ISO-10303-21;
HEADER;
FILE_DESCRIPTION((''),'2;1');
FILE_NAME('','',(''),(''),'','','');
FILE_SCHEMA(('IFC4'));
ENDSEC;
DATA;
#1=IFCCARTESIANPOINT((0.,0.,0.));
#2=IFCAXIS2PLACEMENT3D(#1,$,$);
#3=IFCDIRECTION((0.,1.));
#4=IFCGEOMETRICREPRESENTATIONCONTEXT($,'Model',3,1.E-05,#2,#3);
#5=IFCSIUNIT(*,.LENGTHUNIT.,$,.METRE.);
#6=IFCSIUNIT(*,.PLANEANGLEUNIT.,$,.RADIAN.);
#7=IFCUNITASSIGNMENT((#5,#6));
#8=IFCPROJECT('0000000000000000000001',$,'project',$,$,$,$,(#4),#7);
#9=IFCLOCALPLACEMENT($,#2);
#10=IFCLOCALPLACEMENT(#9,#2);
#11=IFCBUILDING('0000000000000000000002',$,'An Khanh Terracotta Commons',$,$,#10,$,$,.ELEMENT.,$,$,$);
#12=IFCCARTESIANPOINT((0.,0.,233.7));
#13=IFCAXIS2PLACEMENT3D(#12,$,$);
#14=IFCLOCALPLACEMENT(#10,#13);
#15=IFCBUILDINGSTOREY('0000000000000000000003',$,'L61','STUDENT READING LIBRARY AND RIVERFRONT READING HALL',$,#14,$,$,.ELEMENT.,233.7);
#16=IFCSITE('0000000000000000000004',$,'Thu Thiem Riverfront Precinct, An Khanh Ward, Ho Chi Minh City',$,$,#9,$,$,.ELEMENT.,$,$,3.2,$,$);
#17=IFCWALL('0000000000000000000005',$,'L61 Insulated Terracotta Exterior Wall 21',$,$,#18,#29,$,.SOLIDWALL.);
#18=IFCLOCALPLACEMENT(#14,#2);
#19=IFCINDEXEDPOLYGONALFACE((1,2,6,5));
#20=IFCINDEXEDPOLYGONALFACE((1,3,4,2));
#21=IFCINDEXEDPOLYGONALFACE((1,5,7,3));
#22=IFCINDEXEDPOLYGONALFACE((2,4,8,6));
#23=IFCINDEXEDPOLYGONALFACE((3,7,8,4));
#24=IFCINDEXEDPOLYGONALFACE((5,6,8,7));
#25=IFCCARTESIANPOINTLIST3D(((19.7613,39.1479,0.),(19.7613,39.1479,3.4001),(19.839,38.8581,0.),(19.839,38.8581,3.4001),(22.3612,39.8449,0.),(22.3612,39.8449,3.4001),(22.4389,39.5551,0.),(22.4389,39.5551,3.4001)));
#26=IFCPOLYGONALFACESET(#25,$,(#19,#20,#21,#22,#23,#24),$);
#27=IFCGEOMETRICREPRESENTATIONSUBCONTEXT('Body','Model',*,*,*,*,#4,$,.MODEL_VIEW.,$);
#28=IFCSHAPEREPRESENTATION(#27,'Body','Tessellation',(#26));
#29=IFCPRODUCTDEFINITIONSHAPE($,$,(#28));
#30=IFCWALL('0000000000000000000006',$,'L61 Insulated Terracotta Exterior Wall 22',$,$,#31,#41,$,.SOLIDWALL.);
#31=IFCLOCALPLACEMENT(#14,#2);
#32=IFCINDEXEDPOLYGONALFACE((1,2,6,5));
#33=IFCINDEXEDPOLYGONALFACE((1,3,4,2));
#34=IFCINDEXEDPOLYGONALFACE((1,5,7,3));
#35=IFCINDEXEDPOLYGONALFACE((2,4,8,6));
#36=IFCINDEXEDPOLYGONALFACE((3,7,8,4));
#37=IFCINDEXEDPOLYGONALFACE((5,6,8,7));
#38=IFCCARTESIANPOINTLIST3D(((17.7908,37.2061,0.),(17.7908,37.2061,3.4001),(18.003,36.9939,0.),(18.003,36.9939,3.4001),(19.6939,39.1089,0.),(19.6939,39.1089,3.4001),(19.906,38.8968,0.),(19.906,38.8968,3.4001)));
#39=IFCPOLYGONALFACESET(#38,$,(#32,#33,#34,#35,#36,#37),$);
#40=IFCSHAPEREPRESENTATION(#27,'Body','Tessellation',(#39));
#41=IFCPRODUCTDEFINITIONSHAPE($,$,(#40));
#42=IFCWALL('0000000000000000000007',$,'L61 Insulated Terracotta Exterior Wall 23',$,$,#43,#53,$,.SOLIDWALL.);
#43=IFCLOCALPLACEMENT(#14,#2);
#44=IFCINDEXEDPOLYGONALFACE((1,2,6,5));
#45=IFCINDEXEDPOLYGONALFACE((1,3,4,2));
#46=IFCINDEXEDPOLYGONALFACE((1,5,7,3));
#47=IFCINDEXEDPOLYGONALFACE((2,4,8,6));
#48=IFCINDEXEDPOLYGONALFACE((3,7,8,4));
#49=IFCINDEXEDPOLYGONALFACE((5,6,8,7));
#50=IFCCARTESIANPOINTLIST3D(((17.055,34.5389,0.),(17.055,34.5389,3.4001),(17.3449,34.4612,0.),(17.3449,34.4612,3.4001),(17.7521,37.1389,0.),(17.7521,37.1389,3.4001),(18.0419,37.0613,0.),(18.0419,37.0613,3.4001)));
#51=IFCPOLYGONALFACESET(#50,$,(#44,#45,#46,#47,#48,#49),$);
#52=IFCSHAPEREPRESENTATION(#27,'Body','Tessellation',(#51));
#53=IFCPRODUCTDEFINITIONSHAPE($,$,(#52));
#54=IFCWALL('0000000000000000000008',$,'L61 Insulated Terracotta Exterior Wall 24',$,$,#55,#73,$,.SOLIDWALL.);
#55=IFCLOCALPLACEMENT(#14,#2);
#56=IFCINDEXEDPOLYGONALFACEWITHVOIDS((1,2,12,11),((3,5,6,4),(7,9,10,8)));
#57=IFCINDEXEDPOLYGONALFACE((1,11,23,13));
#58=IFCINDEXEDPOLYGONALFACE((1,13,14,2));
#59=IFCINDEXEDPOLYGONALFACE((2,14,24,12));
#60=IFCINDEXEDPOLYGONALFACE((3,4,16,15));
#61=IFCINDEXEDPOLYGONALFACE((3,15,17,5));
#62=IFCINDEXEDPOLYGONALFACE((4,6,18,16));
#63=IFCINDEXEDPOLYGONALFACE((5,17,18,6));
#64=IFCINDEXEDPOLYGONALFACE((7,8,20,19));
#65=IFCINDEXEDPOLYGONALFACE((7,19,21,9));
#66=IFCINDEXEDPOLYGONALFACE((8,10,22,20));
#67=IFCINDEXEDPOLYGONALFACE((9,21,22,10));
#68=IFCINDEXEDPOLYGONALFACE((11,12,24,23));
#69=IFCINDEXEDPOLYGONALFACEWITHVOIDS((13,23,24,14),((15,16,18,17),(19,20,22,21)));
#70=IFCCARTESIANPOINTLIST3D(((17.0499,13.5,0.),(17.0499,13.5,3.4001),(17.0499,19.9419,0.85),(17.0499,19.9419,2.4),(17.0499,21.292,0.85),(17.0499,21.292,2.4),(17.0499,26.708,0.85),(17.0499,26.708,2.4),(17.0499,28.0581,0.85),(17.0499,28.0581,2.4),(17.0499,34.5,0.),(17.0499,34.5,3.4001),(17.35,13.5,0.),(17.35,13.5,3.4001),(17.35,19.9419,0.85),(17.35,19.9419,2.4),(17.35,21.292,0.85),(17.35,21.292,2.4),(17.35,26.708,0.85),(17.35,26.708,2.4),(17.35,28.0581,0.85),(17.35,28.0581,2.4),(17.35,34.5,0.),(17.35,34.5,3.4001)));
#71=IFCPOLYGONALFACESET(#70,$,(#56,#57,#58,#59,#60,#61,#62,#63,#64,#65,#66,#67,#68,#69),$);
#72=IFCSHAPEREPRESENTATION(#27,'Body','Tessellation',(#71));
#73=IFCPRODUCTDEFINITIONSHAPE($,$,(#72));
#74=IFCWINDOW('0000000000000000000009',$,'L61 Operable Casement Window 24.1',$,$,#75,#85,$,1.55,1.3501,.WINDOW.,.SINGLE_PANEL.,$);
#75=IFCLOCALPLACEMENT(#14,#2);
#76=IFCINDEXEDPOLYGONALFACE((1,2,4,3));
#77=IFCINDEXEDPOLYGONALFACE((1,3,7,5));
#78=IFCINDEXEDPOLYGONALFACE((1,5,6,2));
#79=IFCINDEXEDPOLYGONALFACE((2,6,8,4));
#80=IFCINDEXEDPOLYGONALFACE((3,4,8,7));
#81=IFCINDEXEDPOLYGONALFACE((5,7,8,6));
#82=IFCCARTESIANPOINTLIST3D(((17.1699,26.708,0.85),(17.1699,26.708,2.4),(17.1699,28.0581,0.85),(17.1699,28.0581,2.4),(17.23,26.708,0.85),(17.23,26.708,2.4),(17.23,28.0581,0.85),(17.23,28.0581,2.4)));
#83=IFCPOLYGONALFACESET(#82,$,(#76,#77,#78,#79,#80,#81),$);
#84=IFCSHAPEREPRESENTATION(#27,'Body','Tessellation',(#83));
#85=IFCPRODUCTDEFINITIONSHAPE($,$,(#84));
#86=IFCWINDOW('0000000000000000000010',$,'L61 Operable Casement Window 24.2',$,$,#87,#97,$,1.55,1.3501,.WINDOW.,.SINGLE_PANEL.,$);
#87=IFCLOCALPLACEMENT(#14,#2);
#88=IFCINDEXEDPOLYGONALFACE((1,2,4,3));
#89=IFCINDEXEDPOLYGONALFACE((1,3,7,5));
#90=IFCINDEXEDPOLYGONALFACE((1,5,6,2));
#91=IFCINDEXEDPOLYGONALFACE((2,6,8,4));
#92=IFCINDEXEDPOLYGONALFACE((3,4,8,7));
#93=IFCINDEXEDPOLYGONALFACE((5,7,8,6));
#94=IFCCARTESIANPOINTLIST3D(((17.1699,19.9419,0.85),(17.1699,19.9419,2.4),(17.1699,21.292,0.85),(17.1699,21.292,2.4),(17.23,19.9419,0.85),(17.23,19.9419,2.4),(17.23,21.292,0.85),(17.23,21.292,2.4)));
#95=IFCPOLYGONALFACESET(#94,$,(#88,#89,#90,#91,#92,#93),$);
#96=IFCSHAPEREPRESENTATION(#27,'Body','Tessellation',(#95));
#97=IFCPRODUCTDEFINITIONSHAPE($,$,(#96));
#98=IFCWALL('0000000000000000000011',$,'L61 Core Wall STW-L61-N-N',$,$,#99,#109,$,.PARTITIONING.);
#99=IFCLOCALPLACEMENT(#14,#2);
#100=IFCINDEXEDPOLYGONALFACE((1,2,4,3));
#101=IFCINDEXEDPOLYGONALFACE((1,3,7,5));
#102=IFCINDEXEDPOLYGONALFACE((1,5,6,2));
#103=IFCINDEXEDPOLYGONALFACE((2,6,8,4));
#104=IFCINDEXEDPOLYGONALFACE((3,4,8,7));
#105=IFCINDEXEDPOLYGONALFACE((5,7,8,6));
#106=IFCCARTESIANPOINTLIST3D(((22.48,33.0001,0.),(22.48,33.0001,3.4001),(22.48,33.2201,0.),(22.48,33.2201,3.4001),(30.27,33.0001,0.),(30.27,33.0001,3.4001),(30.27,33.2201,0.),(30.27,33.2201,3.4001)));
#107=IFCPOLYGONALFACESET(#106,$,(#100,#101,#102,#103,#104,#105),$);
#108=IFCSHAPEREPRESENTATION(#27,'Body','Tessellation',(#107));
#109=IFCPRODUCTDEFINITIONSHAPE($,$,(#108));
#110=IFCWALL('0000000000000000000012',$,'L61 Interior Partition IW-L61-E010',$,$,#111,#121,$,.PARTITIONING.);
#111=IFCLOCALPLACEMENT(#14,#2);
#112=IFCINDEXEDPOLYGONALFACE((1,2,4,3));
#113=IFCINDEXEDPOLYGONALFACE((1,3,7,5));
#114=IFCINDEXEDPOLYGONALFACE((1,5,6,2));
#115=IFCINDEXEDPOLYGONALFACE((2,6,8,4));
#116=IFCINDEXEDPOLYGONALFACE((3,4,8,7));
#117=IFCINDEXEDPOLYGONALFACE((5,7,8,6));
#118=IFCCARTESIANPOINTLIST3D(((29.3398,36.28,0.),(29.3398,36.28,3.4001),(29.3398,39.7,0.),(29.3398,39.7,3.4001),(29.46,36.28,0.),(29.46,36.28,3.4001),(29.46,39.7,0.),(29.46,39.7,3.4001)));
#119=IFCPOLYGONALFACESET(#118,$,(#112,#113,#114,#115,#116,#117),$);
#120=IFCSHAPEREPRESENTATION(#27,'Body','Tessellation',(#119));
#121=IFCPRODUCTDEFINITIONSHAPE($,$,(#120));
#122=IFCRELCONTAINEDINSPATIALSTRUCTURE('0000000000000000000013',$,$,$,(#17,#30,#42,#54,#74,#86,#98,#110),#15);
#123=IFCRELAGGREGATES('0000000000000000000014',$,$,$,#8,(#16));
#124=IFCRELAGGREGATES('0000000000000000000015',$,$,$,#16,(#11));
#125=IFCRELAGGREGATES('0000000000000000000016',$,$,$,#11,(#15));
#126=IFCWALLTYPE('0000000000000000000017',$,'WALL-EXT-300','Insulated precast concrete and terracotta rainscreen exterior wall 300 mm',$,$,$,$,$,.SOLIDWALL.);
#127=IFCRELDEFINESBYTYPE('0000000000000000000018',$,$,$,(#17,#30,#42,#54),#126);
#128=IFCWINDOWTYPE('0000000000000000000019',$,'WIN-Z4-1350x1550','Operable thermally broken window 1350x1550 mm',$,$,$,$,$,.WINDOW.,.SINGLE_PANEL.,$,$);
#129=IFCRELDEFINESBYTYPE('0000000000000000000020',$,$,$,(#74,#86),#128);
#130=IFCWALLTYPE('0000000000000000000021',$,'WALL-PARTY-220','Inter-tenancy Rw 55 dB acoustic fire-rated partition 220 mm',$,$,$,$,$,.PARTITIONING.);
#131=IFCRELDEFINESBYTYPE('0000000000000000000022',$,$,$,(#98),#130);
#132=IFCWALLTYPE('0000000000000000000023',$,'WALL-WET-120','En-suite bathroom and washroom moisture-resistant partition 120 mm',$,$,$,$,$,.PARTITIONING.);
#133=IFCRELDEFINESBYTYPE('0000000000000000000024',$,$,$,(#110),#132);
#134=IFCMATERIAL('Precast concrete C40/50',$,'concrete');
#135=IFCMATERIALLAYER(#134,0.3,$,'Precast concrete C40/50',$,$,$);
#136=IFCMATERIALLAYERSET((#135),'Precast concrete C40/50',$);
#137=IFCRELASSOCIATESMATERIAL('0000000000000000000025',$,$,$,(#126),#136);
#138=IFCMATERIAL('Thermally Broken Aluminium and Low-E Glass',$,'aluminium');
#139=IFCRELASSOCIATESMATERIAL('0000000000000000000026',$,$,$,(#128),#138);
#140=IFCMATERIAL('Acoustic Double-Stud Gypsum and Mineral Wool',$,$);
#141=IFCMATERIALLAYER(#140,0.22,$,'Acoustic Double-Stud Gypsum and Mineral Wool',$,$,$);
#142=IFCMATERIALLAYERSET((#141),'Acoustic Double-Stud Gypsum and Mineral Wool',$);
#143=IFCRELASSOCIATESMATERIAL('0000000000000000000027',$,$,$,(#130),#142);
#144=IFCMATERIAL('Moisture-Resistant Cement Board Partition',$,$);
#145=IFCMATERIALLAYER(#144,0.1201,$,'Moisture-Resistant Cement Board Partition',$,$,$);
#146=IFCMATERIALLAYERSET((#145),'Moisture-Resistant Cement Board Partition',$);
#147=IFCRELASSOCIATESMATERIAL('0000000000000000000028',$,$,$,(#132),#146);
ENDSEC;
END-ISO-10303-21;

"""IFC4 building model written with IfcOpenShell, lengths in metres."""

from ifc_helpers import new_model, si_unit, direction, frame, frame_2d, origin, place, context, subcontext, project, spatial, rectangle, extrude, material, layer, layer_set, type_object, element, fill, save


model = new_model("IFC4")

# Units and contexts
model_context = context("Model", 3, precision=1e-05, world=origin(), true_north=direction((0.0, 1.0)))
body_context = subcontext(model_context, "Body", "Model", "MODEL_VIEW")
ifc_project = project(units=[si_unit("LENGTHUNIT", "METRE"), si_unit("PLANEANGLEUNIT", "RADIAN")], contexts=[model_context])

# Site, building, storey
site_placement = place(None, origin())
site = spatial("IfcSite", under=ifc_project, at=site_placement, Name="Thu Thiem Riverfront Precinct, An Khanh Ward, Ho Chi Minh City", CompositionType="ELEMENT", RefElevation=3.2)
building_placement = place(site_placement, origin())
building = spatial("IfcBuilding", under=site, at=building_placement, Name="An Khanh Terracotta Commons", CompositionType="ELEMENT")
storey_placement = place(building_placement, frame((0.0, 0.0, 233.7)))
storey = spatial("IfcBuildingStorey", under=building, at=storey_placement, Name="L61", Description="STUDENT READING LIBRARY AND RIVERFRONT READING HALL", CompositionType="ELEMENT", Elevation=233.7)

# Walls
ifc_material_1 = material(Name="Precast concrete C40/50", Category="concrete")
ifc_layer_1 = layer(ifc_material_1, 0.3, Name="Precast concrete C40/50")
ifc_layer_set_1 = layer_set([ifc_layer_1], Name="Precast concrete C40/50")
wall_type_1 = type_object("IfcWallType", Name="WALL-EXT-300", Description="Insulated precast concrete and terracotta rainscreen exterior wall 300 mm", PredefinedType="SOLIDWALL", material=ifc_layer_set_1)
wall_1_placement = place(storey_placement, frame((22.3999, 39.7, 0.0), z_axis=(0.0, 0.0, 1.0), x_axis=(-0.965889, -0.258955, 0.0)))
element("IfcWall", 1, at=wall_1_placement, inside=storey, type_object=wall_type_1, Name="L61 Insulated Terracotta Exterior Wall 21", PredefinedType="SOLIDWALL", context=body_context, shape_type="SweptSolid", body=[
    extrude(rectangle(XDim=2.6917, YDim=0.3, at=frame_2d((1.3457, 0.0))), origin(), (0.0, 0.0, 1.0), 3.4001),
])
wall_2_placement = place(storey_placement, frame((19.8, 39.0029, 0.0), z_axis=(0.0, 0.0, 1.0), x_axis=(-0.707152, -0.707061, 0.0)))
element("IfcWall", 2, at=wall_2_placement, inside=storey, type_object=wall_type_1, Name="L61 Insulated Terracotta Exterior Wall 22", PredefinedType="SOLIDWALL", context=body_context, shape_type="SweptSolid", body=[
    extrude(rectangle(XDim=2.6912, YDim=0.3, at=frame_2d((1.3457, 0.0))), origin(), (0.0, 0.0, 1.0), 3.4001),
])
wall_3_placement = place(storey_placement, frame((17.897, 37.1001, 0.0), z_axis=(0.0, 0.0, 1.0), x_axis=(-0.258933, -0.965895, 0.0)))
element("IfcWall", 3, at=wall_3_placement, inside=storey, type_object=wall_type_1, Name="L61 Insulated Terracotta Exterior Wall 23", PredefinedType="SOLIDWALL", context=body_context, shape_type="SweptSolid", body=[
    extrude(rectangle(XDim=2.6919, YDim=0.3, at=frame_2d((1.3459, 0.0))), origin(), (0.0, 0.0, 1.0), 3.4001),
])

# Wall, openings, windows
wall_4_placement = place(storey_placement, frame((17.2, 34.5, 0.0), z_axis=(0.0, 0.0, 1.0), x_axis=(0.0, -1.0, 0.0)))
wall_4 = element("IfcWall", 4, at=wall_4_placement, inside=storey, type_object=wall_type_1, Name="L61 Insulated Terracotta Exterior Wall 24", PredefinedType="SOLIDWALL", context=body_context, shape_type="SweptSolid", body=[
    extrude(rectangle(XDim=21.0, YDim=0.3, at=frame_2d((10.5, 0.0))), origin(), (0.0, 0.0, 1.0), 3.4001),
])
opening_1_placement = place(wall_4_placement, frame((6.4419, 0.0, 0.8501)))
opening_1 = element("IfcOpeningElement", 5, at=opening_1_placement, cuts=wall_4, PredefinedType="OPENING", context=body_context, shape_type="SweptSolid", body=[
    extrude(rectangle(XDim=1.3501, YDim=1.55, at=frame_2d((0.675, 0.7749))), frame((0.0, 0.1599, 0.0), z_axis=(0.0, -1.0, 0.0), x_axis=(1.0, 0.0, 0.0)), (0.0, 0.0, 1.0), 0.3201),
])
opening_2_placement = place(wall_4_placement, frame((13.208, 0.0, 0.8501)))
opening_2 = element("IfcOpeningElement", 6, at=opening_2_placement, cuts=wall_4, PredefinedType="OPENING", context=body_context, shape_type="SweptSolid", body=[
    extrude(rectangle(XDim=1.3501, YDim=1.55, at=frame_2d((0.675, 0.7749))), frame((0.0, 0.1599, 0.0), z_axis=(0.0, -1.0, 0.0), x_axis=(1.0, 0.0, 0.0)), (0.0, 0.0, 1.0), 0.3201),
])
ifc_material_2 = material(Name="Thermally Broken Aluminium and Low-E Glass", Category="aluminium")
window_type = type_object("IfcWindowType", Name="WIN-Z4-1350x1550", Description="Operable thermally broken window 1350x1550 mm", PartitioningType="SINGLE_PANEL", PredefinedType="WINDOW", material=ifc_material_2)
window_1_placement = place(opening_1_placement, origin())
window_1 = element("IfcWindow", 7, at=window_1_placement, inside=storey, type_object=window_type, Name="L61 Operable Casement Window 24.1", OverallHeight=1.55, OverallWidth=1.3501, PartitioningType="SINGLE_PANEL", PredefinedType="WINDOW", context=body_context, shape_type="SweptSolid", body=[
    extrude(rectangle(XDim=1.3501, YDim=1.55, at=frame_2d((0.675, 0.7749))), frame((0.0, 0.03, 0.0), z_axis=(0.0, -1.0, 0.0), x_axis=(1.0, 0.0, 0.0)), (0.0, 0.0, 1.0), 0.0601),
])
fill(opening_1, window_1)
window_2_placement = place(opening_2_placement, origin())
window_2 = element("IfcWindow", 8, at=window_2_placement, inside=storey, type_object=window_type, Name="L61 Operable Casement Window 24.2", OverallHeight=1.55, OverallWidth=1.3501, PartitioningType="SINGLE_PANEL", PredefinedType="WINDOW", context=body_context, shape_type="SweptSolid", body=[
    extrude(rectangle(XDim=1.3501, YDim=1.55, at=frame_2d((0.675, 0.7749))), frame((0.0, 0.03, 0.0), z_axis=(0.0, -1.0, 0.0), x_axis=(1.0, 0.0, 0.0)), (0.0, 0.0, 1.0), 0.0601),
])
fill(opening_2, window_2)

# Walls
ifc_material_3 = material(Name="Acoustic Double-Stud Gypsum and Mineral Wool")
ifc_layer_2 = layer(ifc_material_3, 0.22, Name="Acoustic Double-Stud Gypsum and Mineral Wool")
ifc_layer_set_2 = layer_set([ifc_layer_2], Name="Acoustic Double-Stud Gypsum and Mineral Wool")
wall_type_2 = type_object("IfcWallType", Name="WALL-PARTY-220", Description="Inter-tenancy Rw 55 dB acoustic fire-rated partition 220 mm", PredefinedType="PARTITIONING", material=ifc_layer_set_2)
wall_5_placement = place(storey_placement, frame((22.48, 33.1101, 0.0), z_axis=(0.0, 0.0, 1.0), x_axis=(1.0, 0.0, 0.0)))
element("IfcWall", 9, at=wall_5_placement, inside=storey, type_object=wall_type_2, Name="L61 Core Wall STW-L61-N-N", PredefinedType="PARTITIONING", context=body_context, shape_type="SweptSolid", body=[
    extrude(rectangle(XDim=7.79, YDim=0.22, at=frame_2d((3.895, 0.0))), origin(), (0.0, 0.0, 1.0), 3.4001),
])
ifc_material_4 = material(Name="Moisture-Resistant Cement Board Partition")
ifc_layer_3 = layer(ifc_material_4, 0.1201, Name="Moisture-Resistant Cement Board Partition")
ifc_layer_set_3 = layer_set([ifc_layer_3], Name="Moisture-Resistant Cement Board Partition")
wall_type_3 = type_object("IfcWallType", Name="WALL-WET-120", Description="En-suite bathroom and washroom moisture-resistant partition 120 mm", PredefinedType="PARTITIONING", material=ifc_layer_set_3)
wall_6_placement = place(storey_placement, frame((29.3999, 36.28, 0.0), z_axis=(0.0, 0.0, 1.0), x_axis=(0.0, 1.0, 0.0)))
element("IfcWall", 10, at=wall_6_placement, inside=storey, type_object=wall_type_3, Name="L61 Interior Partition IW-L61-E010", PredefinedType="PARTITIONING", context=body_context, shape_type="SweptSolid", body=[
    extrude(rectangle(XDim=3.4199, YDim=0.1201, at=frame_2d((1.71, 0.0))), origin(), (0.0, 0.0, 1.0), 3.4001),
])

save(model, "model.ifc")
